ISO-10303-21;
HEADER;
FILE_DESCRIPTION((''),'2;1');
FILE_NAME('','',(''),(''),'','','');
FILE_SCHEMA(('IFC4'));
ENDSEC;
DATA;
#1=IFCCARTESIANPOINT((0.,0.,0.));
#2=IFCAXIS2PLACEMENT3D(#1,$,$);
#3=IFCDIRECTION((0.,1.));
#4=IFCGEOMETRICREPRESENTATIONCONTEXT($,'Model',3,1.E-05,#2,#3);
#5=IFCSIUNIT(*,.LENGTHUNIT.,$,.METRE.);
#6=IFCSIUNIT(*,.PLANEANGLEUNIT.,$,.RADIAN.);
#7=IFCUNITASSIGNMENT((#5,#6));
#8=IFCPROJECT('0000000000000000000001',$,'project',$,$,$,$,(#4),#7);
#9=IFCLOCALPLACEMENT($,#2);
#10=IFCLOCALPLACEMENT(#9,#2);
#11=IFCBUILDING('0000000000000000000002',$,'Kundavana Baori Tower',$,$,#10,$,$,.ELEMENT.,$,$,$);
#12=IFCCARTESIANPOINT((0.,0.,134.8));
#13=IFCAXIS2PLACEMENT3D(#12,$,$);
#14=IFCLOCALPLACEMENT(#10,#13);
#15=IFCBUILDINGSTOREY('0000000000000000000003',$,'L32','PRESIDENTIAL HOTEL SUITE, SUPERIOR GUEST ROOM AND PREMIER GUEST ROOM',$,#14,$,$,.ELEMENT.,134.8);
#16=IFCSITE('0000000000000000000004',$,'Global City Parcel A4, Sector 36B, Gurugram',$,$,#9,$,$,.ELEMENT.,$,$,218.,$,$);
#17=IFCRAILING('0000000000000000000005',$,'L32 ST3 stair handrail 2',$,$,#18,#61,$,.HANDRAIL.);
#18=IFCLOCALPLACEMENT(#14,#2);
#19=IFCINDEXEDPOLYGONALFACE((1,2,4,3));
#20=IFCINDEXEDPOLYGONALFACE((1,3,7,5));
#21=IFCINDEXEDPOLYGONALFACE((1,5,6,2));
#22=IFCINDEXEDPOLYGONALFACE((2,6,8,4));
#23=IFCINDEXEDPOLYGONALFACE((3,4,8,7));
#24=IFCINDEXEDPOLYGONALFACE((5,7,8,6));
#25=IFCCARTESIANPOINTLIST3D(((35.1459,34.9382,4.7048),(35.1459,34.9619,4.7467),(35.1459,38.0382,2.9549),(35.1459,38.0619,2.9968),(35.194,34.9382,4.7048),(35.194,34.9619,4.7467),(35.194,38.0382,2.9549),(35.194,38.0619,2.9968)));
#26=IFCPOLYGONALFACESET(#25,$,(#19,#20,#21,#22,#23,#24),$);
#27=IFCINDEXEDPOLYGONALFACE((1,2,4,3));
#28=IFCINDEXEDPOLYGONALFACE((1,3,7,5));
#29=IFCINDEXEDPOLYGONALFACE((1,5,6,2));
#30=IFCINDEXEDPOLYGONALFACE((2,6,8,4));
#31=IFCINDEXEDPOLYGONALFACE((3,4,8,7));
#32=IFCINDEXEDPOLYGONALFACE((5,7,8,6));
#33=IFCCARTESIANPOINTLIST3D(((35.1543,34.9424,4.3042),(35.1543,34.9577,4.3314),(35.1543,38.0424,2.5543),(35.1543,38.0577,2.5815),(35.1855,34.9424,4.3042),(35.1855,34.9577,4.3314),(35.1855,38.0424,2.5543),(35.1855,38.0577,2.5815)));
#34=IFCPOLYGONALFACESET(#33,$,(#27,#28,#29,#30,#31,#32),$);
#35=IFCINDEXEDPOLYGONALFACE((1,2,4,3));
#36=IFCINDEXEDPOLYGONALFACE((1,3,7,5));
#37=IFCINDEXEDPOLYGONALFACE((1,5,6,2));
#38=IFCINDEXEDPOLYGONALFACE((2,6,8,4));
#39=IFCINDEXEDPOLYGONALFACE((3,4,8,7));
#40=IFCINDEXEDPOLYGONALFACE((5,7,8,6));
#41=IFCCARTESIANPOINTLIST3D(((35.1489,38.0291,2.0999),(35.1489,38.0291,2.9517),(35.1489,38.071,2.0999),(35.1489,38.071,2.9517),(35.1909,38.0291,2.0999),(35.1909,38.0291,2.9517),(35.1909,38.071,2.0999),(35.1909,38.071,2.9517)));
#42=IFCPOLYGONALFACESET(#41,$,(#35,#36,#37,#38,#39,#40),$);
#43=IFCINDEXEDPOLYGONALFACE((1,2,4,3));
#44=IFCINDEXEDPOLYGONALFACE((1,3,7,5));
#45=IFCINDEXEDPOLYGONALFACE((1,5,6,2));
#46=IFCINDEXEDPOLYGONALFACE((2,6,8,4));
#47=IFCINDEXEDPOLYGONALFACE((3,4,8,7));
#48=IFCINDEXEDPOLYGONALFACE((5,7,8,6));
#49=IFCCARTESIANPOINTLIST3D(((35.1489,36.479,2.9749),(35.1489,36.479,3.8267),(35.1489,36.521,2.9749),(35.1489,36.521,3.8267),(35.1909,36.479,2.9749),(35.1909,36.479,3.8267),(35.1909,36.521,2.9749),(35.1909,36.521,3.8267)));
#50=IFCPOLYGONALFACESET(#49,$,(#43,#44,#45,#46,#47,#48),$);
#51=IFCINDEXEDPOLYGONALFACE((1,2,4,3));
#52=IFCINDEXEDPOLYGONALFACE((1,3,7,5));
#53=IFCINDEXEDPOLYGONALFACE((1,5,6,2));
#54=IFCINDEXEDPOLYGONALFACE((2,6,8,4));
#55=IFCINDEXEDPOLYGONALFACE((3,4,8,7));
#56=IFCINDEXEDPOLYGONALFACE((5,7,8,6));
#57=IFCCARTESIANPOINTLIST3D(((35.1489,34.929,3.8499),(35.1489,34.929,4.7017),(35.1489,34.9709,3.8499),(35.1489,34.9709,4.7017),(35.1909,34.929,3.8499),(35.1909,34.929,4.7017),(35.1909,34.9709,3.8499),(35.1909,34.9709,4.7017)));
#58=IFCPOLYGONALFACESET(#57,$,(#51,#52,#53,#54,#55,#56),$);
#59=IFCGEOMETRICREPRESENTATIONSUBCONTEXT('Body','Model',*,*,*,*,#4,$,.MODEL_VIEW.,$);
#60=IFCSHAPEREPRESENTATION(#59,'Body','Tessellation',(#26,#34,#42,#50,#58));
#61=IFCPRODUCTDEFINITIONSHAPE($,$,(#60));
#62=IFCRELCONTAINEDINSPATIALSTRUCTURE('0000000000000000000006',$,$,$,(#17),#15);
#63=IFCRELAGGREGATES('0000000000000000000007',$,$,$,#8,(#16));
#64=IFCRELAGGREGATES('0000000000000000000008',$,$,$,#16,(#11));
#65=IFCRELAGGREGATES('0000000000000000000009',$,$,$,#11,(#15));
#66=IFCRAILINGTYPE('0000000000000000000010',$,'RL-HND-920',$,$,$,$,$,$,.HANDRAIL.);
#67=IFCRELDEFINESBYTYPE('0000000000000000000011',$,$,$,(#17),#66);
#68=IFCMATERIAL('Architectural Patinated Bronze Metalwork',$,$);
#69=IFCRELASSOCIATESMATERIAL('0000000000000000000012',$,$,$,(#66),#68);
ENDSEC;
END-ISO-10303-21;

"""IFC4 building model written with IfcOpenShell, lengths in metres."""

from ifc_helpers import new_model, si_unit, direction, frame, origin, origin_2d, place, context, subcontext, project, spatial, rectangle, extrude, material, type_object, element, save


model = new_model("IFC4")

# Units and contexts
model_context = context("Model", 3, precision=1e-05, world=origin(), true_north=direction((0.0, 1.0)))
body_context = subcontext(model_context, "Body", "Model", "MODEL_VIEW")
ifc_project = project(units=[si_unit("LENGTHUNIT", "METRE"), si_unit("PLANEANGLEUNIT", "RADIAN")], contexts=[model_context])

# Site, building, storey
site_placement = place(None, origin())
site = spatial("IfcSite", under=ifc_project, at=site_placement, Name="Global City Parcel A4, Sector 36B, Gurugram", CompositionType="ELEMENT", RefElevation=218.0)
building_placement = place(site_placement, origin())
building = spatial("IfcBuilding", under=site, at=building_placement, Name="Kundavana Baori Tower", CompositionType="ELEMENT")
storey_placement = place(building_placement, frame((0.0, 0.0, 134.8)))
storey = spatial("IfcBuildingStorey", under=building, at=storey_placement, Name="L32", Description="PRESIDENTIAL HOTEL SUITE, SUPERIOR GUEST ROOM AND PREMIER GUEST ROOM", CompositionType="ELEMENT", Elevation=134.8)

# Railing
ifc_material_1 = material(Name="Architectural Patinated Bronze Metalwork")
railing_type_1 = type_object("IfcRailingType", Name="RL-HND-920", PredefinedType="HANDRAIL", material=ifc_material_1)
railing_1_placement = place(storey_placement, frame((35.1699, 38.05, 2.0999)))
element("IfcRailing", 1, at=railing_1_placement, inside=storey, type_object=railing_type_1, Name="L32 ST3 stair handrail 2", PredefinedType="HANDRAIL", context=body_context, shape_type="SweptSolid", body=[
    extrude(rectangle(XDim=0.0481, YDim=0.0481, at=origin_2d()), frame((0.0, 0.0, 0.876), z_axis=(0.0, -0.870831, 0.491583), x_axis=(1.0, 0.0, 0.0)), (0.0, 0.0, 1.0), 3.5598),
    extrude(rectangle(XDim=0.0312, YDim=0.0312, at=origin_2d()), frame((0.0, 0.0, 0.468), z_axis=(0.0, -0.870831, 0.491583), x_axis=(1.0, 0.0, 0.0)), (0.0, 0.0, 1.0), 3.5598),
    extrude(rectangle(XDim=0.042, YDim=0.042, at=origin_2d()), origin(), (0.0, 0.0, 1.0), 0.8518),
    extrude(rectangle(XDim=0.042, YDim=0.042, at=origin_2d()), frame((0.0, -1.55, 0.875)), (0.0, 0.0, 1.0), 0.8518),
    extrude(rectangle(XDim=0.042, YDim=0.042, at=origin_2d()), frame((0.0, -3.1001, 1.75)), (0.0, 0.0, 1.0), 0.8518),
])

save(model, "model.ifc")
